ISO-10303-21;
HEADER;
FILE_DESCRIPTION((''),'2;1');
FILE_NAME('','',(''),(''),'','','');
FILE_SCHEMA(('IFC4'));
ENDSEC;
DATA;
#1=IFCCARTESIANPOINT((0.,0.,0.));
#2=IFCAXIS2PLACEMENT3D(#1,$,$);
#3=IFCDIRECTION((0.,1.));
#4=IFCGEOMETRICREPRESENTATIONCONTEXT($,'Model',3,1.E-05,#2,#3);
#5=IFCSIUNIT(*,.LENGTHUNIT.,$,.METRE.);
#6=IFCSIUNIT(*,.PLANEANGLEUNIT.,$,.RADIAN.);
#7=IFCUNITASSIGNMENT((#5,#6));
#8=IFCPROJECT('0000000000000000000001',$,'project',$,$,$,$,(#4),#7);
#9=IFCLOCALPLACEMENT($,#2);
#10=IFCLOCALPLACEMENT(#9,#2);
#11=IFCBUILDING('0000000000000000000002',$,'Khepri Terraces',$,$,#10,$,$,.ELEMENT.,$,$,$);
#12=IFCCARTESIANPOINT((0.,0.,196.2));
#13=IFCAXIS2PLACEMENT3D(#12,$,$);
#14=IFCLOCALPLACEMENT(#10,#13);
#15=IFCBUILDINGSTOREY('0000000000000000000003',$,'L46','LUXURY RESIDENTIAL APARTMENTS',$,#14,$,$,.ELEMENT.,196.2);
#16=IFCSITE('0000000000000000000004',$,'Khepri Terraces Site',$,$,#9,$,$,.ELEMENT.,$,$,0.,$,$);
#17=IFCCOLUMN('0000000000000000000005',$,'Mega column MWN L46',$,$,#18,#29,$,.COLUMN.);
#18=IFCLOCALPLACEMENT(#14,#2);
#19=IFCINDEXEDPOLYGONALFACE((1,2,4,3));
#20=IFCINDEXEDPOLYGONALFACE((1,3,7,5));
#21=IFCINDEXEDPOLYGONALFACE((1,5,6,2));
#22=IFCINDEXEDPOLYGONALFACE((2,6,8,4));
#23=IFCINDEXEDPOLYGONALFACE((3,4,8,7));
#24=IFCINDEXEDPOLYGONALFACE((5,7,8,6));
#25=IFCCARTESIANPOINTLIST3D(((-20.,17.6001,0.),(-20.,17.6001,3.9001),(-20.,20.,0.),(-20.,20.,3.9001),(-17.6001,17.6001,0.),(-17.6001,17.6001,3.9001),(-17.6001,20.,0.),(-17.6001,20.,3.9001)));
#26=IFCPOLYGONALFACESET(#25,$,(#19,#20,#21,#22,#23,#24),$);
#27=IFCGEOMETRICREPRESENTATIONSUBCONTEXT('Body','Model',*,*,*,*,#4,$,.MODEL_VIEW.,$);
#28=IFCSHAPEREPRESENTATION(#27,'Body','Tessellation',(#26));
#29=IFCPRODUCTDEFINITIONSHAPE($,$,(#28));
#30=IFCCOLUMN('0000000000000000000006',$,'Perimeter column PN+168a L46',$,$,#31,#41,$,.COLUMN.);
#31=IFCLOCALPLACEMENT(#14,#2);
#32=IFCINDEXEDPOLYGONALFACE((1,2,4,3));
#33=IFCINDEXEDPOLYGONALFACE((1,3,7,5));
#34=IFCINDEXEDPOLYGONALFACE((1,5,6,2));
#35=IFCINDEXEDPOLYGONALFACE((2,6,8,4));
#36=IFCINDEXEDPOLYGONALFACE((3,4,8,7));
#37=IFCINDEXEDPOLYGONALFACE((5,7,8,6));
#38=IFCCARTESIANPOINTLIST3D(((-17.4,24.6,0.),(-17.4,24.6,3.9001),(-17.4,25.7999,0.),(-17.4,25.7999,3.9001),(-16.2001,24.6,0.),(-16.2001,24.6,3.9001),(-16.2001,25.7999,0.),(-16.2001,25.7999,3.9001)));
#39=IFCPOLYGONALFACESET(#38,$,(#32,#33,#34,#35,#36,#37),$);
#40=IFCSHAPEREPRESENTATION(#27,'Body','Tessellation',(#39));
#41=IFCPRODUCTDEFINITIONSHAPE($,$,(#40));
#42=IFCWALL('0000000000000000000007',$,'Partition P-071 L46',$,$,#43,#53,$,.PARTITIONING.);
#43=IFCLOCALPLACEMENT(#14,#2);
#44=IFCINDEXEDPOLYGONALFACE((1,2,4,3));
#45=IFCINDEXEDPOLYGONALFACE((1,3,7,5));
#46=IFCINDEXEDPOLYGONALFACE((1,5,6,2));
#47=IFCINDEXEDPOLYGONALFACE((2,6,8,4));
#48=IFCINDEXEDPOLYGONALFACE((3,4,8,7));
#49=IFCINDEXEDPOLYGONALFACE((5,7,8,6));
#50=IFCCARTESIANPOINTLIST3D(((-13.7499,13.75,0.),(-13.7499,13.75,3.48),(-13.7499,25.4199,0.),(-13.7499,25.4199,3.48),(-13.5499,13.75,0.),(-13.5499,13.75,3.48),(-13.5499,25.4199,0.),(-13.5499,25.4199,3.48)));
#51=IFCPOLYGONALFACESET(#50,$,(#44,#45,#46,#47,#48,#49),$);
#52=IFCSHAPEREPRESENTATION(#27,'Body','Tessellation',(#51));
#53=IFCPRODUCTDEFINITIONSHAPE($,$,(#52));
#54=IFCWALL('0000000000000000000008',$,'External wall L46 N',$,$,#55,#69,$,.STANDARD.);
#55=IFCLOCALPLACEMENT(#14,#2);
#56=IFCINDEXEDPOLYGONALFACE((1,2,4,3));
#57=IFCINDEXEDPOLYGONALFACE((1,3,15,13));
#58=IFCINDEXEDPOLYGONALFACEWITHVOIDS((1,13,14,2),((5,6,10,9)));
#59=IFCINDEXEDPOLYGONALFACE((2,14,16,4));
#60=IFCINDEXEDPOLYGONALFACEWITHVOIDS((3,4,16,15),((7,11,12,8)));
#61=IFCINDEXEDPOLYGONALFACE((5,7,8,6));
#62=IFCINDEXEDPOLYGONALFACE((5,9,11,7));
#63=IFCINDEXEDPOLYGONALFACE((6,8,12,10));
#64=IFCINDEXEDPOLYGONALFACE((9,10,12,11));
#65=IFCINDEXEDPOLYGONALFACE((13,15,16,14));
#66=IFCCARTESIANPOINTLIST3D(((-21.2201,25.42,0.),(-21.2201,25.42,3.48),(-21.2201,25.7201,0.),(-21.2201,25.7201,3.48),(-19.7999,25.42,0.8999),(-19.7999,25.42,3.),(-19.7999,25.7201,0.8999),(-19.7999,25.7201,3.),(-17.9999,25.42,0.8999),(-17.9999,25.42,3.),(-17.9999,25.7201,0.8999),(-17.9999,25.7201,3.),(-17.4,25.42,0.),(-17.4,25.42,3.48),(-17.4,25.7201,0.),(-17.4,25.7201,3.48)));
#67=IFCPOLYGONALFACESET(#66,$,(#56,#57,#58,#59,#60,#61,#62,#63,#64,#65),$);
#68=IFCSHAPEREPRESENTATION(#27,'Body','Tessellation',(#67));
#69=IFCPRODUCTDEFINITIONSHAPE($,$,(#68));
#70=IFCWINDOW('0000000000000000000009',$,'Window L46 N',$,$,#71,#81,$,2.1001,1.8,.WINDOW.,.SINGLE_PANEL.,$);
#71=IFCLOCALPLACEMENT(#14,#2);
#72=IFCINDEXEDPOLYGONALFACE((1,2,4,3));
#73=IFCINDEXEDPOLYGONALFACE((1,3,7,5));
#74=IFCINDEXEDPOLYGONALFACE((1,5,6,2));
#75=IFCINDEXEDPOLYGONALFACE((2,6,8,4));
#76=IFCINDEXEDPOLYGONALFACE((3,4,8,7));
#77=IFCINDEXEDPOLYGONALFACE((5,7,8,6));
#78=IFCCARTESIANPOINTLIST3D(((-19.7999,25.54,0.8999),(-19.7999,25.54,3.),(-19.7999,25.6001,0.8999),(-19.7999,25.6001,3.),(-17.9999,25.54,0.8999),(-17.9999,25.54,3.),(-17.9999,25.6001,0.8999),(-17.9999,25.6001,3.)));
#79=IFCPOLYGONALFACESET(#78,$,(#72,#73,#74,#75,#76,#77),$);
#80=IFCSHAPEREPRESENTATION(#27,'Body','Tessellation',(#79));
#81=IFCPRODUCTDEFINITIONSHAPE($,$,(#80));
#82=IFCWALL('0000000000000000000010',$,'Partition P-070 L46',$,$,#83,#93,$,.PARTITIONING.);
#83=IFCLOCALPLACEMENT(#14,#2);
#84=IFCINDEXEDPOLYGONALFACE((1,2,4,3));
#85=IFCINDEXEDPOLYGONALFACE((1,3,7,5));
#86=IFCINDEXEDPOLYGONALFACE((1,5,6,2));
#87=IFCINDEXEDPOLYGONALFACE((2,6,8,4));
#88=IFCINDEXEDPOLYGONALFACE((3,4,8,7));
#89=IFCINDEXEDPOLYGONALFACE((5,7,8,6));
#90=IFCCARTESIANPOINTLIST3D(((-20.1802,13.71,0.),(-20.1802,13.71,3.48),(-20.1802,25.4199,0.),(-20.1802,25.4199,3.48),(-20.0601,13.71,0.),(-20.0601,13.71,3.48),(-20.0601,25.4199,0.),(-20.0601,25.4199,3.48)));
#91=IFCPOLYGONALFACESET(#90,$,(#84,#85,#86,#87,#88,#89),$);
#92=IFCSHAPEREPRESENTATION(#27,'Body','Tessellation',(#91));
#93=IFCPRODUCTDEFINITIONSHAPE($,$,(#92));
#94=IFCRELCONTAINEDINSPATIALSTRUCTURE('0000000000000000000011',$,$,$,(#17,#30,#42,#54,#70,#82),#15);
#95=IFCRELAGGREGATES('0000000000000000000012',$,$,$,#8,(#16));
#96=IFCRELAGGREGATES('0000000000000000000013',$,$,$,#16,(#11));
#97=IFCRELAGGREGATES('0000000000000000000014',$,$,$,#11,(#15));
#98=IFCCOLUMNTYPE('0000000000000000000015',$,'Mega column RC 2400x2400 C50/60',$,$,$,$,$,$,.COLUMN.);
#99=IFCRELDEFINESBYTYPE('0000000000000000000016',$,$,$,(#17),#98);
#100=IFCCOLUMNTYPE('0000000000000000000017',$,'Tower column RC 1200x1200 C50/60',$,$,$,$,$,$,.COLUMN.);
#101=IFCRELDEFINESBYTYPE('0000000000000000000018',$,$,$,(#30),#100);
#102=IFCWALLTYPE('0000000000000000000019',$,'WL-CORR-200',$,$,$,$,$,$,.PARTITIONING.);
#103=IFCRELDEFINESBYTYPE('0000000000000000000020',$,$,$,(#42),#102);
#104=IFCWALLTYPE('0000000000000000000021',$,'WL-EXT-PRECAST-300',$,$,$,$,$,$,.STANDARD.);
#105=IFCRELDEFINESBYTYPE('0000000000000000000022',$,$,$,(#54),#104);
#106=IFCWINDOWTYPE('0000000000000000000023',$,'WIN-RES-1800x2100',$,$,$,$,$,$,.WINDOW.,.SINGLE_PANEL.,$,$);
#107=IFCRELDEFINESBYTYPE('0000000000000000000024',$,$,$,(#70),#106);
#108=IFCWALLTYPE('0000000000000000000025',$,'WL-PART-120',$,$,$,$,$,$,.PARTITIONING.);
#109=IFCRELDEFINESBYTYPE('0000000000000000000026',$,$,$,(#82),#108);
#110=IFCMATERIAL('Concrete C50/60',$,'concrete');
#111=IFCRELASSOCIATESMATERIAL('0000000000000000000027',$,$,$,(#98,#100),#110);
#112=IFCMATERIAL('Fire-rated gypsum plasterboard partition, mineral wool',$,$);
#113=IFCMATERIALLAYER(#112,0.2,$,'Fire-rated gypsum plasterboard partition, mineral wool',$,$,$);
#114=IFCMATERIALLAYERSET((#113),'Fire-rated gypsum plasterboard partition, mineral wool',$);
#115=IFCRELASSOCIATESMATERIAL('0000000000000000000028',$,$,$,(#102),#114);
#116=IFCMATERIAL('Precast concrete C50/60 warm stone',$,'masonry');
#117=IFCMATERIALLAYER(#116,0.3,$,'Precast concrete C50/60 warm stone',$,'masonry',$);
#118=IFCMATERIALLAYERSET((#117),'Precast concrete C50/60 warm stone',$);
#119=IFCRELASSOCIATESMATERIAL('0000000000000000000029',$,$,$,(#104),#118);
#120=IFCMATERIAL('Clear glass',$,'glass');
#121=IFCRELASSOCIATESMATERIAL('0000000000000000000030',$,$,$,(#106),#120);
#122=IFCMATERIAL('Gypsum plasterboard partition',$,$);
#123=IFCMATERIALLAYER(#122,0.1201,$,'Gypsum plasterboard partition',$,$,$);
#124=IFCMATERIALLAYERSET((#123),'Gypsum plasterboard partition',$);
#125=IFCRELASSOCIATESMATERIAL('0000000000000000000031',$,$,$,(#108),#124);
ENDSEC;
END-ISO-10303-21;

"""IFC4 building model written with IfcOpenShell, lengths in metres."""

from ifc_helpers import new_model, si_unit, direction, frame, frame_2d, origin, origin_2d, place, context, subcontext, project, spatial, rectangle, extrude, material, layer, layer_set, material_profile, profile_set, type_object, element, fill, save


model = new_model("IFC4")

# Units and contexts
model_context = context("Model", 3, precision=1e-05, world=origin(), true_north=direction((0.0, 1.0)))
body_context = subcontext(model_context, "Body", "Model", "MODEL_VIEW")
ifc_project = project(units=[si_unit("LENGTHUNIT", "METRE"), si_unit("PLANEANGLEUNIT", "RADIAN")], contexts=[model_context])

# Site, building, storey
site_placement = place(None, origin())
site = spatial("IfcSite", under=ifc_project, at=site_placement, Name="Khepri Terraces Site", CompositionType="ELEMENT", RefElevation=0.0)
building_placement = place(site_placement, origin())
building = spatial("IfcBuilding", under=site, at=building_placement, Name="Khepri Terraces", CompositionType="ELEMENT")
storey_placement = place(building_placement, frame((0.0, 0.0, 196.2)))
storey = spatial("IfcBuildingStorey", under=building, at=storey_placement, Name="L46", Description="LUXURY RESIDENTIAL APARTMENTS", CompositionType="ELEMENT", Elevation=196.2)

# Columns
ifc_material_1 = material(Name="Concrete C50/60", Category="concrete")
ifc_material_profile_1 = material_profile(ifc_material_1, rectangle(XDim=2.3999, YDim=2.3999, at=origin_2d()), Name="Concrete C50/60", Category="concrete")
ifc_profile_set_1 = profile_set([ifc_material_profile_1], Name="Concrete C50/60")
column_type_1 = type_object("IfcColumnType", Name="Mega column RC 2400x2400 C50/60", PredefinedType="COLUMN", material=ifc_profile_set_1)
column_1_placement = place(storey_placement, frame((-18.8, 18.8, 0.0), z_axis=(0.0, 0.0, 1.0), x_axis=(1.0, 0.0, 0.0)))
element("IfcColumn", 1, at=column_1_placement, inside=storey, type_object=column_type_1, Name="Mega column MWN L46", PredefinedType="COLUMN", context=body_context, shape_type="SweptSolid", body=[
    extrude(rectangle(XDim=2.3999, YDim=2.3999, at=origin_2d()), origin(), (0.0, 0.0, 1.0), 3.9001),
])
ifc_material_profile_2 = material_profile(ifc_material_1, rectangle(XDim=1.2, YDim=1.2, at=origin_2d()), Name="Concrete C50/60", Category="concrete")
ifc_profile_set_2 = profile_set([ifc_material_profile_2], Name="Concrete C50/60")
column_type_2 = type_object("IfcColumnType", Name="Tower column RC 1200x1200 C50/60", PredefinedType="COLUMN", material=ifc_profile_set_2)
column_2_placement = place(storey_placement, frame((-16.8, 25.2, 0.0), z_axis=(0.0, 0.0, 1.0), x_axis=(1.0, 0.0, 0.0)))
element("IfcColumn", 2, at=column_2_placement, inside=storey, type_object=column_type_2, Name="Perimeter column PN+168a L46", PredefinedType="COLUMN", context=body_context, shape_type="SweptSolid", body=[
    extrude(rectangle(XDim=1.2, YDim=1.2, at=origin_2d()), origin(), (0.0, 0.0, 1.0), 3.9001),
])

# Wall
ifc_material_2 = material(Name="Fire-rated gypsum plasterboard partition, mineral wool")
ifc_layer_1 = layer(ifc_material_2, 0.2, Name="Fire-rated gypsum plasterboard partition, mineral wool")
ifc_layer_set_1 = layer_set([ifc_layer_1], Name="Fire-rated gypsum plasterboard partition, mineral wool")
wall_type_1 = type_object("IfcWallType", Name="WL-CORR-200", PredefinedType="PARTITIONING", material=ifc_layer_set_1)
wall_1_placement = place(storey_placement, frame((-13.6499, 13.75, 0.0), z_axis=(0.0, 0.0, 1.0), x_axis=(0.0, 1.0, 0.0)))
element("IfcWall", 3, at=wall_1_placement, inside=storey, type_object=wall_type_1, Name="Partition P-071 L46", PredefinedType="PARTITIONING", context=body_context, shape_type="SweptSolid", body=[
    extrude(rectangle(XDim=11.6699, YDim=0.2, at=frame_2d((5.835, 0.0))), origin(), (0.0, 0.0, 1.0), 3.48),
])

# Wall, opening, window
ifc_material_3 = material(Name="Precast concrete C50/60 warm stone", Category="masonry")
ifc_layer_2 = layer(ifc_material_3, 0.3, Name="Precast concrete C50/60 warm stone", Category="masonry")
ifc_layer_set_2 = layer_set([ifc_layer_2], Name="Precast concrete C50/60 warm stone")
wall_type_2 = type_object("IfcWallType", Name="WL-EXT-PRECAST-300", PredefinedType="STANDARD", material=ifc_layer_set_2)
wall_2_placement = place(storey_placement, frame((-17.3999, 25.5701, 0.0), z_axis=(0.0, 0.0, 1.0), x_axis=(-1.0, 0.0, 0.0)))
wall_2 = element("IfcWall", 4, at=wall_2_placement, inside=storey, type_object=wall_type_2, Name="External wall L46 N", PredefinedType="STANDARD", context=body_context, shape_type="SweptSolid", body=[
    extrude(rectangle(XDim=3.8201, YDim=0.3, at=frame_2d((1.9102, 0.0))), origin(), (0.0, 0.0, 1.0), 3.48),
])
opening_1_placement = place(wall_2_placement, frame((0.6001, 0.0, 0.8999)))
opening_1 = element("IfcOpeningElement", 5, at=opening_1_placement, cuts=wall_2, PredefinedType="OPENING", context=body_context, shape_type="SweptSolid", body=[
    extrude(rectangle(XDim=1.8, YDim=2.1001, at=frame_2d((0.8999, 1.05))), frame((0.0, 0.1602, 0.0), z_axis=(0.0, -1.0, 0.0), x_axis=(1.0, 0.0, 0.0)), (0.0, 0.0, 1.0), 0.3201),
])
ifc_material_4 = material(Name="Clear glass", Category="glass")
window_type = type_object("IfcWindowType", Name="WIN-RES-1800x2100", PartitioningType="SINGLE_PANEL", PredefinedType="WINDOW", material=ifc_material_4)
window_placement = place(opening_1_placement, origin())
window = element("IfcWindow", 6, at=window_placement, inside=storey, type_object=window_type, Name="Window L46 N", OverallHeight=2.1001, OverallWidth=1.8, PartitioningType="SINGLE_PANEL", PredefinedType="WINDOW", context=body_context, shape_type="SweptSolid", body=[
    extrude(rectangle(XDim=1.8, YDim=2.1001, at=frame_2d((0.8999, 1.05))), frame((0.0, 0.03, 0.0), z_axis=(0.0, -1.0, 0.0), x_axis=(1.0, 0.0, 0.0)), (0.0, 0.0, 1.0), 0.0601),
])
fill(opening_1, window)

# Wall
ifc_material_5 = material(Name="Gypsum plasterboard partition")
ifc_layer_3 = layer(ifc_material_5, 0.1201, Name="Gypsum plasterboard partition")
ifc_layer_set_3 = layer_set([ifc_layer_3], Name="Gypsum plasterboard partition")
wall_type_3 = type_object("IfcWallType", Name="WL-PART-120", PredefinedType="PARTITIONING", material=ifc_layer_set_3)
wall_3_placement = place(storey_placement, frame((-20.1201, 13.71, 0.0), z_axis=(0.0, 0.0, 1.0), x_axis=(0.0, 1.0, 0.0)))
element("IfcWall", 7, at=wall_3_placement, inside=storey, type_object=wall_type_3, Name="Partition P-070 L46", PredefinedType="PARTITIONING", context=body_context, shape_type="SweptSolid", body=[
    extrude(rectangle(XDim=11.71, YDim=0.1201, at=frame_2d((5.855, 0.0))), origin(), (0.0, 0.0, 1.0), 3.48),
])

save(model, "model.ifc")
